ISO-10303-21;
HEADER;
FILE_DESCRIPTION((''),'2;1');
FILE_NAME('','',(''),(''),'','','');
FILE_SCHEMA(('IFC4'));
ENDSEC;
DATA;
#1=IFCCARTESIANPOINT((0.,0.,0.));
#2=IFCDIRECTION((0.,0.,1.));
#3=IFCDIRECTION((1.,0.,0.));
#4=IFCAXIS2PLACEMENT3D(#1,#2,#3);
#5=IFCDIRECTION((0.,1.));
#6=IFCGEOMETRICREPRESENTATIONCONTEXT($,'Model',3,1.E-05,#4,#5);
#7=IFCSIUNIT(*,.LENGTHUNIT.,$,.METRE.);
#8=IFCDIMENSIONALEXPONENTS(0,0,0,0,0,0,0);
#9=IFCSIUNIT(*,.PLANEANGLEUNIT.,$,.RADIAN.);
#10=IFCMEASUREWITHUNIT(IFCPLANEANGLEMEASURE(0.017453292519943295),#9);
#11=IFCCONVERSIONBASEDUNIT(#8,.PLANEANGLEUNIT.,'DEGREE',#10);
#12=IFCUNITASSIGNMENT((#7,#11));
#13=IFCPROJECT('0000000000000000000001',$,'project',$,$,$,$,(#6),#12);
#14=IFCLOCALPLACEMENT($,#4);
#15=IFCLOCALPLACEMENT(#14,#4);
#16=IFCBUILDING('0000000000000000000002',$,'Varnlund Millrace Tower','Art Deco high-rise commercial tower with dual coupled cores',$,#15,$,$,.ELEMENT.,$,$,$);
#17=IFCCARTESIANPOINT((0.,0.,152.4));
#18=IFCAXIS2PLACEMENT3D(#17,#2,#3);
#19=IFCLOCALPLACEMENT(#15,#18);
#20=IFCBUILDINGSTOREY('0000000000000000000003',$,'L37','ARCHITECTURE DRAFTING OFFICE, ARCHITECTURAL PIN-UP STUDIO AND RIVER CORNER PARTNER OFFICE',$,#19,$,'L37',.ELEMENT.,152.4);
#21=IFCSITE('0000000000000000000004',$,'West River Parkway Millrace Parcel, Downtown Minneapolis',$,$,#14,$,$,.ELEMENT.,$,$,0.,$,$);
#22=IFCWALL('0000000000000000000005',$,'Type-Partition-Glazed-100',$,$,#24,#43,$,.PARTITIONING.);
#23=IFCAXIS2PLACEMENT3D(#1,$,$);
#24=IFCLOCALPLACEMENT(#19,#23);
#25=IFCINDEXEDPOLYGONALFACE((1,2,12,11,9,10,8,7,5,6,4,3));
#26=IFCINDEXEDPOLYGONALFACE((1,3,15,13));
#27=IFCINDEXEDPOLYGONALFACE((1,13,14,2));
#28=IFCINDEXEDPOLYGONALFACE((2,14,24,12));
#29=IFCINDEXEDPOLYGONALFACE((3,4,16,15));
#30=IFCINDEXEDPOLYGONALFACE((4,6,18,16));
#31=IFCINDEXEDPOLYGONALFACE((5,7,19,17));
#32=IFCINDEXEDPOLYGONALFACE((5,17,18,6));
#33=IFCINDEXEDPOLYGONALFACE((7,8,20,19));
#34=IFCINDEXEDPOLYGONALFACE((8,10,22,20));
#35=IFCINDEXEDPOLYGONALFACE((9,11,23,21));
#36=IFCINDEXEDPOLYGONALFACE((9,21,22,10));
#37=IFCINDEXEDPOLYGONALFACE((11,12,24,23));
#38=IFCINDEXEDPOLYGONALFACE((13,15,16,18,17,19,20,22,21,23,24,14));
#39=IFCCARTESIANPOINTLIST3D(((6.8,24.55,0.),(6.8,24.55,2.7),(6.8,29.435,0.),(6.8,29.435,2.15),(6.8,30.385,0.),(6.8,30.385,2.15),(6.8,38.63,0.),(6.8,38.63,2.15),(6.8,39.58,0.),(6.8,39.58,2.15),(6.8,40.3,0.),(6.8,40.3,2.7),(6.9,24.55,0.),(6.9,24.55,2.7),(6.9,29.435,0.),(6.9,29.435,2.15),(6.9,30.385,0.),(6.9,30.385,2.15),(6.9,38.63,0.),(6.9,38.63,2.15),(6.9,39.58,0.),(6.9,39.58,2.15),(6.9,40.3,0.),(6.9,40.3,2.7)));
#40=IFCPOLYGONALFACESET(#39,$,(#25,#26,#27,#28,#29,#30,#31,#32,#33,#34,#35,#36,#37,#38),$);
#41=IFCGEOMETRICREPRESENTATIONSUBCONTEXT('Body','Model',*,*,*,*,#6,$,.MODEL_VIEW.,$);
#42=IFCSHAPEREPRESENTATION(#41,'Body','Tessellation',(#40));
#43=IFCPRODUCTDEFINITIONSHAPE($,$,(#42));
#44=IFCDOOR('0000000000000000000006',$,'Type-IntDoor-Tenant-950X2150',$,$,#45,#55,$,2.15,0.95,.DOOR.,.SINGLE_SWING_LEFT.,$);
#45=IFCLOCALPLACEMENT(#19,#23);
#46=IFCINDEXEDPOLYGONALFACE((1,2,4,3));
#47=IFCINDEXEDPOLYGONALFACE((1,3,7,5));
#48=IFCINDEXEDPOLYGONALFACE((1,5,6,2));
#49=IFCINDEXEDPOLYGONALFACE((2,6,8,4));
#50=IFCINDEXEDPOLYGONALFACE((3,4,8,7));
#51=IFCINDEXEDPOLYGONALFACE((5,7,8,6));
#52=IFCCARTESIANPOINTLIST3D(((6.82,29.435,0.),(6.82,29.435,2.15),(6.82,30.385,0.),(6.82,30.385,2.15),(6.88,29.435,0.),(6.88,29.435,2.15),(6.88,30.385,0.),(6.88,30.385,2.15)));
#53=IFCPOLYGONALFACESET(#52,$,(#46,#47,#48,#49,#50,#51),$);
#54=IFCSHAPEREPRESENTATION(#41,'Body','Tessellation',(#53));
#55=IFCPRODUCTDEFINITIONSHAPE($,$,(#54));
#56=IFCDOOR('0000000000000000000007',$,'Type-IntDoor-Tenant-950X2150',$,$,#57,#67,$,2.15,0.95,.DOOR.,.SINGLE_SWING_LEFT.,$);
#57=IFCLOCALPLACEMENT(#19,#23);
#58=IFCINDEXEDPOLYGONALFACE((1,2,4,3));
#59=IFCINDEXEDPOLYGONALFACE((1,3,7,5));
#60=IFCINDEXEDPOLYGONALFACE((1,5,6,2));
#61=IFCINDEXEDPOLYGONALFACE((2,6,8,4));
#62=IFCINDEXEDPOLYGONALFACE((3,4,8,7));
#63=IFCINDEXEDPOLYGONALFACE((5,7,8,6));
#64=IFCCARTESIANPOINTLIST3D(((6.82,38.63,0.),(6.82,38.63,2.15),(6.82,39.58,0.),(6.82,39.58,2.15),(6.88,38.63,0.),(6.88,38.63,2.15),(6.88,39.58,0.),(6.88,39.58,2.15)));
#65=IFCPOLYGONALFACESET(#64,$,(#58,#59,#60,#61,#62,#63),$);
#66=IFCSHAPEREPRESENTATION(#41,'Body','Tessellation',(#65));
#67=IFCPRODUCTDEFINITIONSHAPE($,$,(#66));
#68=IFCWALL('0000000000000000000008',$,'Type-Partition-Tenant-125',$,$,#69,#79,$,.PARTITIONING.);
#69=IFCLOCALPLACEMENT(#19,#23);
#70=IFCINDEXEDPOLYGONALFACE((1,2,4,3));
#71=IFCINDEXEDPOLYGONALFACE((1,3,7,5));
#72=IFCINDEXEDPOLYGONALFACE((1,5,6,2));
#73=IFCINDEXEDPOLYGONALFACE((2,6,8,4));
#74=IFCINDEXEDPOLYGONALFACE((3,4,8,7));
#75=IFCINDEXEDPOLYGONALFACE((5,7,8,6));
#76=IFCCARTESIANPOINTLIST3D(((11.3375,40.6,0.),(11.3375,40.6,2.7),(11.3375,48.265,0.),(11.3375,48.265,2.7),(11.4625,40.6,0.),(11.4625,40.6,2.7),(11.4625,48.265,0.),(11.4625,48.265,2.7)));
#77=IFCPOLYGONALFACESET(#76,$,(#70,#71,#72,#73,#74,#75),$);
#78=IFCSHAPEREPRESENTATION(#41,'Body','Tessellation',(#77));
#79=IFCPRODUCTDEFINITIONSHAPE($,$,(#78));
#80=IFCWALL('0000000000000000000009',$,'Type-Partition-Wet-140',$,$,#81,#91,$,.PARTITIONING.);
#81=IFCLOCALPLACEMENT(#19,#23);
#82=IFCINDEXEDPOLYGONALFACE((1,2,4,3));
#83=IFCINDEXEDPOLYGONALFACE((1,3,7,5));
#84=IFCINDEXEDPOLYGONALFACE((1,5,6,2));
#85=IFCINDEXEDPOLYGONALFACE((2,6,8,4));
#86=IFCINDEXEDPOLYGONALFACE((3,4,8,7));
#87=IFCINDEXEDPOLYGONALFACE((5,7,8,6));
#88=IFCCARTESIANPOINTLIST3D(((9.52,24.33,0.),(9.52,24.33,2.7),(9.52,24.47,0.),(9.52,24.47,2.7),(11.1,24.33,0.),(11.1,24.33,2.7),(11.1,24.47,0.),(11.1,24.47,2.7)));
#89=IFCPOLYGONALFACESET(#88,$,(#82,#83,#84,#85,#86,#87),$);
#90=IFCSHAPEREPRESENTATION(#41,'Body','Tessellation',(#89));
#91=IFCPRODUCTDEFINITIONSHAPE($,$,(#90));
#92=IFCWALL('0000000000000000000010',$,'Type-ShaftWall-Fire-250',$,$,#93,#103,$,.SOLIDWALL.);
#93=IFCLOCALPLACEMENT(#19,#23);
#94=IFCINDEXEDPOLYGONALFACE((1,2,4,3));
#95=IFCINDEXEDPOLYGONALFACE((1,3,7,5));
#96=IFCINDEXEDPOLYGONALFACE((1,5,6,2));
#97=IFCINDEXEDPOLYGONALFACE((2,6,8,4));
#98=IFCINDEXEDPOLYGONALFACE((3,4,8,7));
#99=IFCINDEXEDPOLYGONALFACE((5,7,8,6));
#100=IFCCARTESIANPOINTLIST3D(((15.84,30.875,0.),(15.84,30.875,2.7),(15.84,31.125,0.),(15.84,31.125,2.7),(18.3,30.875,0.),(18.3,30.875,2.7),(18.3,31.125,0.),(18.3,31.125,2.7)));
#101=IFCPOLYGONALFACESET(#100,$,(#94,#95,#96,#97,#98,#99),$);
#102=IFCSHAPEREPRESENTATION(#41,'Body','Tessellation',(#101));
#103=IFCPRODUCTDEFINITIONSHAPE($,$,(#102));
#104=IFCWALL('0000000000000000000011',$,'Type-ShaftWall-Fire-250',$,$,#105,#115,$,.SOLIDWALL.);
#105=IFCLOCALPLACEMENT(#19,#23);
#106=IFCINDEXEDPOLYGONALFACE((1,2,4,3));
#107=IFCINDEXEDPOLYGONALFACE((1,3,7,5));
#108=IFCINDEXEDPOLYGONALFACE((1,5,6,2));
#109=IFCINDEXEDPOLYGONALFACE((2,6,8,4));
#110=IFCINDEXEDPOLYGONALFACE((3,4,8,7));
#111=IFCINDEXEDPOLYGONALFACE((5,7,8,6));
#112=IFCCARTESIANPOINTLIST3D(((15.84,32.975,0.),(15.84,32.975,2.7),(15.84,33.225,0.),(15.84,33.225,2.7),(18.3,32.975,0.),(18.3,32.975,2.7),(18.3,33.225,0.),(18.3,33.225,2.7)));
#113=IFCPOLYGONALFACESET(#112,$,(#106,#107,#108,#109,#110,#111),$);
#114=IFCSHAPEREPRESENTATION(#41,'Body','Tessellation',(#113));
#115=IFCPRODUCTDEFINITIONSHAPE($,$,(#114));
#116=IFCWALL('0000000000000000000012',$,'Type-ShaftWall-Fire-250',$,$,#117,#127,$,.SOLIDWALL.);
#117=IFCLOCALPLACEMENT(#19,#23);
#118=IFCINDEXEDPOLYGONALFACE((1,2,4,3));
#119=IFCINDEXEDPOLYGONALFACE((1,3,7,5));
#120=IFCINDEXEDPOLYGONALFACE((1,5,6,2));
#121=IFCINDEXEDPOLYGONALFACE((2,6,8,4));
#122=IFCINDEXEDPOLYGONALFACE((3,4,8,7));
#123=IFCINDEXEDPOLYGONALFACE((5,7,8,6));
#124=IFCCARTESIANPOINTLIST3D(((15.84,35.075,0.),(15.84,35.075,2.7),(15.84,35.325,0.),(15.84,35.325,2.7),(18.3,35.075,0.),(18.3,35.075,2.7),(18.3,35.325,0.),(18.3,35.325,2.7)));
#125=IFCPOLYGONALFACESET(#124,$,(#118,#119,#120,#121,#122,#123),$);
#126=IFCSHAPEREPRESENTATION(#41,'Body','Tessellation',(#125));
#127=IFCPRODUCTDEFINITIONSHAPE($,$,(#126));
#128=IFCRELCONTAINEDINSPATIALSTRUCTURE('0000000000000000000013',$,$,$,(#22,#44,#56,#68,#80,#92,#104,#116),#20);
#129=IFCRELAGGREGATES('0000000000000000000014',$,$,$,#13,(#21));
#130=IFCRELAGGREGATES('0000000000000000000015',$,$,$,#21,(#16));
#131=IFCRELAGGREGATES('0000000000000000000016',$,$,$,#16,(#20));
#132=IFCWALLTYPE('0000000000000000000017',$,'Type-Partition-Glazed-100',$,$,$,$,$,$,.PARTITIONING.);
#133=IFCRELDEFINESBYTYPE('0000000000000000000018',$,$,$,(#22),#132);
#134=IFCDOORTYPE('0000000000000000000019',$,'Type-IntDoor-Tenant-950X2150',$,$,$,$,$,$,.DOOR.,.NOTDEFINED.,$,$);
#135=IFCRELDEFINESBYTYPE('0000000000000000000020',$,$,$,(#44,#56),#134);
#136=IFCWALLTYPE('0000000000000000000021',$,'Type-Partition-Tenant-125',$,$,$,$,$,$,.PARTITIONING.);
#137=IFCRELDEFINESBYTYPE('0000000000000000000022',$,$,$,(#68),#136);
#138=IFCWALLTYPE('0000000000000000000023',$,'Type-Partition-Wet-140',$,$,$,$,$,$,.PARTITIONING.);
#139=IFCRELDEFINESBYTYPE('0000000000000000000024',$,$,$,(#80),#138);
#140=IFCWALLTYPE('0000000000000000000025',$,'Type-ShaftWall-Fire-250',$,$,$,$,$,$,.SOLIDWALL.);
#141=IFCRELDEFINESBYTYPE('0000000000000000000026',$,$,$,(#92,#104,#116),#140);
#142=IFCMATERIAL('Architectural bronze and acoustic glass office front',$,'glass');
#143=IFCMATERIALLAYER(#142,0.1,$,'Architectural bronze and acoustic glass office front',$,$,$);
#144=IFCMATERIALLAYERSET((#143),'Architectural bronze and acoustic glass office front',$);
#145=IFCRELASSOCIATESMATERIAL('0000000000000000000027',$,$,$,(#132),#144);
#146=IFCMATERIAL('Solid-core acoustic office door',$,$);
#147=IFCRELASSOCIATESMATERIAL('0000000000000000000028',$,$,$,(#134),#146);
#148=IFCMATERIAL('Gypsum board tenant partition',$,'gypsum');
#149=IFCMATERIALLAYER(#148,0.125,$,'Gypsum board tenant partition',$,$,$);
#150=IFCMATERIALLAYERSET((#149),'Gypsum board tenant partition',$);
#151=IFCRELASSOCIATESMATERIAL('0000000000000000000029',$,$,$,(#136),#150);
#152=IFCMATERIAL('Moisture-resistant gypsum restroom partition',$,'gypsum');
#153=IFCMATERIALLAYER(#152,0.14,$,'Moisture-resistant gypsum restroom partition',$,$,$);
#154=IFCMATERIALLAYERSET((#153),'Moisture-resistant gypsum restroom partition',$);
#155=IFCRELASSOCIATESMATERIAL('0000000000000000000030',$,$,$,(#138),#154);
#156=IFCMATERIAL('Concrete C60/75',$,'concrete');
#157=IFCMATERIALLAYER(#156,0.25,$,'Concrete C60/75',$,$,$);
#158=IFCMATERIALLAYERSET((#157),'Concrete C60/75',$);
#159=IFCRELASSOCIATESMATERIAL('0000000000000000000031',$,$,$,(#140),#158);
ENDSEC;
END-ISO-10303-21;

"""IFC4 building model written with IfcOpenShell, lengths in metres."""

from ifc_helpers import new_model, entity, si_unit, converted_unit, direction, frame, origin_with_axes, origin_2d_with_axis, place, context, subcontext, project, spatial, polyline, rectangle, outline, extrude, material, layer, layer_set, type_object, element, fill, save


model = new_model("IFC4")

# Units and contexts
model_context = context("Model", 3, precision=1e-05, world=origin_with_axes(), true_north=direction((0.0, 1.0)))
body_context = subcontext(model_context, "Body", "Model", "MODEL_VIEW")
ifc_project = project(units=[si_unit("LENGTHUNIT", "METRE"), converted_unit("PLANEANGLEUNIT", "DEGREE", entity("IfcPlaneAngleMeasure", 0.017453292519943295), si_unit("PLANEANGLEUNIT", "RADIAN"), dimensions=[0, 0, 0, 0, 0, 0, 0])], contexts=[model_context])

# Site, building, storey
site_placement = place(None, origin_with_axes())
site = spatial("IfcSite", under=ifc_project, at=site_placement, Name="West River Parkway Millrace Parcel, Downtown Minneapolis", CompositionType="ELEMENT", RefElevation=0.0)
building_placement = place(site_placement, origin_with_axes())
building = spatial("IfcBuilding", under=site, at=building_placement, Name="Varnlund Millrace Tower", Description="Art Deco high-rise commercial tower with dual coupled cores", CompositionType="ELEMENT")
storey_placement = place(building_placement, frame((0.0, 0.0, 152.4), z_axis=(0.0, 0.0, 1.0), x_axis=(1.0, 0.0, 0.0)))
storey = spatial("IfcBuildingStorey", under=building, at=storey_placement, Name="L37", Description="ARCHITECTURE DRAFTING OFFICE, ARCHITECTURAL PIN-UP STUDIO AND RIVER CORNER PARTNER OFFICE", LongName="L37", CompositionType="ELEMENT", Elevation=152.4)

# Wall, openings, doors
ifc_material_1 = material(Name="Architectural bronze and acoustic glass office front", Category="glass")
ifc_layer_1 = layer(ifc_material_1, 0.1, Name="Architectural bronze and acoustic glass office front")
ifc_layer_set_1 = layer_set([ifc_layer_1], Name="Architectural bronze and acoustic glass office front")
wall_type_1 = type_object("IfcWallType", Name="Type-Partition-Glazed-100", PredefinedType="PARTITIONING", material=ifc_layer_set_1)
wall_1_placement = place(storey_placement, frame((6.85, 24.55, 0.0), z_axis=(0.0, 0.0, 1.0), x_axis=(0.0, 1.0, 0.0)))
wall_1 = element("IfcWall", 1, at=wall_1_placement, inside=storey, type_object=wall_type_1, Name="Type-Partition-Glazed-100", PredefinedType="PARTITIONING", context=body_context, shape_type="SweptSolid", body=[
    extrude(outline(polyline([(0.0, -0.05), (15.75, -0.05), (15.75, 0.05), (0.0, 0.05), (0.0, -0.05)])), origin_with_axes(), (0.0, 0.0, 1.0), 2.7),
])
opening_1_placement = place(wall_1_placement, frame((5.36, 0.0, 0.0), z_axis=(0.0, 0.0, 1.0), x_axis=(1.0, 0.0, 0.0)))
opening_1 = element("IfcOpeningElement", 2, at=opening_1_placement, cuts=wall_1, PredefinedType="OPENING", context=body_context, shape_type="SweptSolid", body=[
    extrude(rectangle(XDim=0.95, YDim=0.12, at=origin_2d_with_axis()), origin_with_axes(), (0.0, 0.0, 1.0), 2.15),
])
opening_2_placement = place(wall_1_placement, frame((14.555, 0.0, 0.0), z_axis=(0.0, 0.0, 1.0), x_axis=(1.0, 0.0, 0.0)))
opening_2 = element("IfcOpeningElement", 3, at=opening_2_placement, cuts=wall_1, PredefinedType="OPENING", context=body_context, shape_type="SweptSolid", body=[
    extrude(rectangle(XDim=0.95, YDim=0.12, at=origin_2d_with_axis()), origin_with_axes(), (0.0, 0.0, 1.0), 2.15),
])
ifc_material_2 = material(Name="Solid-core acoustic office door")
door_type_1 = type_object("IfcDoorType", Name="Type-IntDoor-Tenant-950X2150", OperationType="NOTDEFINED", PredefinedType="DOOR", material=ifc_material_2)
door_1_placement = place(wall_1_placement, frame((5.36, 0.0, 0.0), z_axis=(0.0, 0.0, 1.0), x_axis=(1.0, 0.0, 0.0)))
door_1 = element("IfcDoor", 4, at=door_1_placement, inside=storey, type_object=door_type_1, Name="Type-IntDoor-Tenant-950X2150", OperationType="SINGLE_SWING_LEFT", OverallHeight=2.15, OverallWidth=0.95, PredefinedType="DOOR", context=body_context, shape_type="SweptSolid", body=[
    extrude(rectangle(XDim=0.95, YDim=0.06, at=origin_2d_with_axis()), origin_with_axes(), (0.0, 0.0, 1.0), 2.15),
])
fill(opening_1, door_1)
door_2_placement = place(wall_1_placement, frame((14.555, 0.0, 0.0), z_axis=(0.0, 0.0, 1.0), x_axis=(1.0, 0.0, 0.0)))
door_2 = element("IfcDoor", 5, at=door_2_placement, inside=storey, type_object=door_type_1, Name="Type-IntDoor-Tenant-950X2150", OperationType="SINGLE_SWING_LEFT", OverallHeight=2.15, OverallWidth=0.95, PredefinedType="DOOR", context=body_context, shape_type="SweptSolid", body=[
    extrude(rectangle(XDim=0.95, YDim=0.06, at=origin_2d_with_axis()), origin_with_axes(), (0.0, 0.0, 1.0), 2.15),
])
fill(opening_2, door_2)

# Walls
ifc_material_3 = material(Name="Gypsum board tenant partition", Category="gypsum")
ifc_layer_2 = layer(ifc_material_3, 0.125, Name="Gypsum board tenant partition")
ifc_layer_set_2 = layer_set([ifc_layer_2], Name="Gypsum board tenant partition")
wall_type_2 = type_object("IfcWallType", Name="Type-Partition-Tenant-125", PredefinedType="PARTITIONING", material=ifc_layer_set_2)
wall_2_placement = place(storey_placement, frame((11.4, 40.6, 0.0), z_axis=(0.0, 0.0, 1.0), x_axis=(0.0, 1.0, 0.0)))
element("IfcWall", 6, at=wall_2_placement, inside=storey, type_object=wall_type_2, Name="Type-Partition-Tenant-125", PredefinedType="PARTITIONING", context=body_context, shape_type="SweptSolid", body=[
    extrude(outline(polyline([(0.0, -0.0625), (7.665, -0.0625), (7.665, 0.0625), (0.0, 0.0625), (0.0, -0.0625)])), origin_with_axes(), (0.0, 0.0, 1.0), 2.7),
])
ifc_material_4 = material(Name="Moisture-resistant gypsum restroom partition", Category="gypsum")
ifc_layer_3 = layer(ifc_material_4, 0.14, Name="Moisture-resistant gypsum restroom partition")
ifc_layer_set_3 = layer_set([ifc_layer_3], Name="Moisture-resistant gypsum restroom partition")
wall_type_3 = type_object("IfcWallType", Name="Type-Partition-Wet-140", PredefinedType="PARTITIONING", material=ifc_layer_set_3)
wall_3_placement = place(storey_placement, frame((9.52, 24.4, 0.0), z_axis=(0.0, 0.0, 1.0), x_axis=(1.0, 0.0, 0.0)))
element("IfcWall", 7, at=wall_3_placement, inside=storey, type_object=wall_type_3, Name="Type-Partition-Wet-140", PredefinedType="PARTITIONING", context=body_context, shape_type="SweptSolid", body=[
    extrude(outline(polyline([(0.0, -0.07), (1.58, -0.07), (1.58, 0.07), (0.0, 0.07), (0.0, -0.07)])), origin_with_axes(), (0.0, 0.0, 1.0), 2.7),
])
ifc_material_5 = material(Name="Concrete C60/75", Category="concrete")
ifc_layer_4 = layer(ifc_material_5, 0.25, Name="Concrete C60/75")
ifc_layer_set_4 = layer_set([ifc_layer_4], Name="Concrete C60/75")
wall_type_4 = type_object("IfcWallType", Name="Type-ShaftWall-Fire-250", PredefinedType="SOLIDWALL", material=ifc_layer_set_4)
for number, where, z_axis, x_axis, name in (
    (8, (15.84, 31.0, 0.0), (0.0, 0.0, 1.0), (1.0, 0.0, 0.0), "Type-ShaftWall-Fire-250"),
    (9, (15.84, 33.1, 0.0), (0.0, 0.0, 1.0), (1.0, 0.0, 0.0), "Type-ShaftWall-Fire-250"),
    (10, (15.84, 35.2, 0.0), (0.0, 0.0, 1.0), (1.0, 0.0, 0.0), "Type-ShaftWall-Fire-250"),
):
    element("IfcWall", number, at=place(storey_placement, frame(where, z_axis=z_axis, x_axis=x_axis)), inside=storey, type_object=wall_type_4, Name=name, PredefinedType="SOLIDWALL", context=body_context, shape_type="SweptSolid", body=[
        extrude(outline(polyline([(0.0, -0.125), (2.46, -0.125), (2.46, 0.125), (0.0, 0.125), (0.0, -0.125)])), origin_with_axes(), (0.0, 0.0, 1.0), 2.7),
    ])

save(model, "model.ifc")
